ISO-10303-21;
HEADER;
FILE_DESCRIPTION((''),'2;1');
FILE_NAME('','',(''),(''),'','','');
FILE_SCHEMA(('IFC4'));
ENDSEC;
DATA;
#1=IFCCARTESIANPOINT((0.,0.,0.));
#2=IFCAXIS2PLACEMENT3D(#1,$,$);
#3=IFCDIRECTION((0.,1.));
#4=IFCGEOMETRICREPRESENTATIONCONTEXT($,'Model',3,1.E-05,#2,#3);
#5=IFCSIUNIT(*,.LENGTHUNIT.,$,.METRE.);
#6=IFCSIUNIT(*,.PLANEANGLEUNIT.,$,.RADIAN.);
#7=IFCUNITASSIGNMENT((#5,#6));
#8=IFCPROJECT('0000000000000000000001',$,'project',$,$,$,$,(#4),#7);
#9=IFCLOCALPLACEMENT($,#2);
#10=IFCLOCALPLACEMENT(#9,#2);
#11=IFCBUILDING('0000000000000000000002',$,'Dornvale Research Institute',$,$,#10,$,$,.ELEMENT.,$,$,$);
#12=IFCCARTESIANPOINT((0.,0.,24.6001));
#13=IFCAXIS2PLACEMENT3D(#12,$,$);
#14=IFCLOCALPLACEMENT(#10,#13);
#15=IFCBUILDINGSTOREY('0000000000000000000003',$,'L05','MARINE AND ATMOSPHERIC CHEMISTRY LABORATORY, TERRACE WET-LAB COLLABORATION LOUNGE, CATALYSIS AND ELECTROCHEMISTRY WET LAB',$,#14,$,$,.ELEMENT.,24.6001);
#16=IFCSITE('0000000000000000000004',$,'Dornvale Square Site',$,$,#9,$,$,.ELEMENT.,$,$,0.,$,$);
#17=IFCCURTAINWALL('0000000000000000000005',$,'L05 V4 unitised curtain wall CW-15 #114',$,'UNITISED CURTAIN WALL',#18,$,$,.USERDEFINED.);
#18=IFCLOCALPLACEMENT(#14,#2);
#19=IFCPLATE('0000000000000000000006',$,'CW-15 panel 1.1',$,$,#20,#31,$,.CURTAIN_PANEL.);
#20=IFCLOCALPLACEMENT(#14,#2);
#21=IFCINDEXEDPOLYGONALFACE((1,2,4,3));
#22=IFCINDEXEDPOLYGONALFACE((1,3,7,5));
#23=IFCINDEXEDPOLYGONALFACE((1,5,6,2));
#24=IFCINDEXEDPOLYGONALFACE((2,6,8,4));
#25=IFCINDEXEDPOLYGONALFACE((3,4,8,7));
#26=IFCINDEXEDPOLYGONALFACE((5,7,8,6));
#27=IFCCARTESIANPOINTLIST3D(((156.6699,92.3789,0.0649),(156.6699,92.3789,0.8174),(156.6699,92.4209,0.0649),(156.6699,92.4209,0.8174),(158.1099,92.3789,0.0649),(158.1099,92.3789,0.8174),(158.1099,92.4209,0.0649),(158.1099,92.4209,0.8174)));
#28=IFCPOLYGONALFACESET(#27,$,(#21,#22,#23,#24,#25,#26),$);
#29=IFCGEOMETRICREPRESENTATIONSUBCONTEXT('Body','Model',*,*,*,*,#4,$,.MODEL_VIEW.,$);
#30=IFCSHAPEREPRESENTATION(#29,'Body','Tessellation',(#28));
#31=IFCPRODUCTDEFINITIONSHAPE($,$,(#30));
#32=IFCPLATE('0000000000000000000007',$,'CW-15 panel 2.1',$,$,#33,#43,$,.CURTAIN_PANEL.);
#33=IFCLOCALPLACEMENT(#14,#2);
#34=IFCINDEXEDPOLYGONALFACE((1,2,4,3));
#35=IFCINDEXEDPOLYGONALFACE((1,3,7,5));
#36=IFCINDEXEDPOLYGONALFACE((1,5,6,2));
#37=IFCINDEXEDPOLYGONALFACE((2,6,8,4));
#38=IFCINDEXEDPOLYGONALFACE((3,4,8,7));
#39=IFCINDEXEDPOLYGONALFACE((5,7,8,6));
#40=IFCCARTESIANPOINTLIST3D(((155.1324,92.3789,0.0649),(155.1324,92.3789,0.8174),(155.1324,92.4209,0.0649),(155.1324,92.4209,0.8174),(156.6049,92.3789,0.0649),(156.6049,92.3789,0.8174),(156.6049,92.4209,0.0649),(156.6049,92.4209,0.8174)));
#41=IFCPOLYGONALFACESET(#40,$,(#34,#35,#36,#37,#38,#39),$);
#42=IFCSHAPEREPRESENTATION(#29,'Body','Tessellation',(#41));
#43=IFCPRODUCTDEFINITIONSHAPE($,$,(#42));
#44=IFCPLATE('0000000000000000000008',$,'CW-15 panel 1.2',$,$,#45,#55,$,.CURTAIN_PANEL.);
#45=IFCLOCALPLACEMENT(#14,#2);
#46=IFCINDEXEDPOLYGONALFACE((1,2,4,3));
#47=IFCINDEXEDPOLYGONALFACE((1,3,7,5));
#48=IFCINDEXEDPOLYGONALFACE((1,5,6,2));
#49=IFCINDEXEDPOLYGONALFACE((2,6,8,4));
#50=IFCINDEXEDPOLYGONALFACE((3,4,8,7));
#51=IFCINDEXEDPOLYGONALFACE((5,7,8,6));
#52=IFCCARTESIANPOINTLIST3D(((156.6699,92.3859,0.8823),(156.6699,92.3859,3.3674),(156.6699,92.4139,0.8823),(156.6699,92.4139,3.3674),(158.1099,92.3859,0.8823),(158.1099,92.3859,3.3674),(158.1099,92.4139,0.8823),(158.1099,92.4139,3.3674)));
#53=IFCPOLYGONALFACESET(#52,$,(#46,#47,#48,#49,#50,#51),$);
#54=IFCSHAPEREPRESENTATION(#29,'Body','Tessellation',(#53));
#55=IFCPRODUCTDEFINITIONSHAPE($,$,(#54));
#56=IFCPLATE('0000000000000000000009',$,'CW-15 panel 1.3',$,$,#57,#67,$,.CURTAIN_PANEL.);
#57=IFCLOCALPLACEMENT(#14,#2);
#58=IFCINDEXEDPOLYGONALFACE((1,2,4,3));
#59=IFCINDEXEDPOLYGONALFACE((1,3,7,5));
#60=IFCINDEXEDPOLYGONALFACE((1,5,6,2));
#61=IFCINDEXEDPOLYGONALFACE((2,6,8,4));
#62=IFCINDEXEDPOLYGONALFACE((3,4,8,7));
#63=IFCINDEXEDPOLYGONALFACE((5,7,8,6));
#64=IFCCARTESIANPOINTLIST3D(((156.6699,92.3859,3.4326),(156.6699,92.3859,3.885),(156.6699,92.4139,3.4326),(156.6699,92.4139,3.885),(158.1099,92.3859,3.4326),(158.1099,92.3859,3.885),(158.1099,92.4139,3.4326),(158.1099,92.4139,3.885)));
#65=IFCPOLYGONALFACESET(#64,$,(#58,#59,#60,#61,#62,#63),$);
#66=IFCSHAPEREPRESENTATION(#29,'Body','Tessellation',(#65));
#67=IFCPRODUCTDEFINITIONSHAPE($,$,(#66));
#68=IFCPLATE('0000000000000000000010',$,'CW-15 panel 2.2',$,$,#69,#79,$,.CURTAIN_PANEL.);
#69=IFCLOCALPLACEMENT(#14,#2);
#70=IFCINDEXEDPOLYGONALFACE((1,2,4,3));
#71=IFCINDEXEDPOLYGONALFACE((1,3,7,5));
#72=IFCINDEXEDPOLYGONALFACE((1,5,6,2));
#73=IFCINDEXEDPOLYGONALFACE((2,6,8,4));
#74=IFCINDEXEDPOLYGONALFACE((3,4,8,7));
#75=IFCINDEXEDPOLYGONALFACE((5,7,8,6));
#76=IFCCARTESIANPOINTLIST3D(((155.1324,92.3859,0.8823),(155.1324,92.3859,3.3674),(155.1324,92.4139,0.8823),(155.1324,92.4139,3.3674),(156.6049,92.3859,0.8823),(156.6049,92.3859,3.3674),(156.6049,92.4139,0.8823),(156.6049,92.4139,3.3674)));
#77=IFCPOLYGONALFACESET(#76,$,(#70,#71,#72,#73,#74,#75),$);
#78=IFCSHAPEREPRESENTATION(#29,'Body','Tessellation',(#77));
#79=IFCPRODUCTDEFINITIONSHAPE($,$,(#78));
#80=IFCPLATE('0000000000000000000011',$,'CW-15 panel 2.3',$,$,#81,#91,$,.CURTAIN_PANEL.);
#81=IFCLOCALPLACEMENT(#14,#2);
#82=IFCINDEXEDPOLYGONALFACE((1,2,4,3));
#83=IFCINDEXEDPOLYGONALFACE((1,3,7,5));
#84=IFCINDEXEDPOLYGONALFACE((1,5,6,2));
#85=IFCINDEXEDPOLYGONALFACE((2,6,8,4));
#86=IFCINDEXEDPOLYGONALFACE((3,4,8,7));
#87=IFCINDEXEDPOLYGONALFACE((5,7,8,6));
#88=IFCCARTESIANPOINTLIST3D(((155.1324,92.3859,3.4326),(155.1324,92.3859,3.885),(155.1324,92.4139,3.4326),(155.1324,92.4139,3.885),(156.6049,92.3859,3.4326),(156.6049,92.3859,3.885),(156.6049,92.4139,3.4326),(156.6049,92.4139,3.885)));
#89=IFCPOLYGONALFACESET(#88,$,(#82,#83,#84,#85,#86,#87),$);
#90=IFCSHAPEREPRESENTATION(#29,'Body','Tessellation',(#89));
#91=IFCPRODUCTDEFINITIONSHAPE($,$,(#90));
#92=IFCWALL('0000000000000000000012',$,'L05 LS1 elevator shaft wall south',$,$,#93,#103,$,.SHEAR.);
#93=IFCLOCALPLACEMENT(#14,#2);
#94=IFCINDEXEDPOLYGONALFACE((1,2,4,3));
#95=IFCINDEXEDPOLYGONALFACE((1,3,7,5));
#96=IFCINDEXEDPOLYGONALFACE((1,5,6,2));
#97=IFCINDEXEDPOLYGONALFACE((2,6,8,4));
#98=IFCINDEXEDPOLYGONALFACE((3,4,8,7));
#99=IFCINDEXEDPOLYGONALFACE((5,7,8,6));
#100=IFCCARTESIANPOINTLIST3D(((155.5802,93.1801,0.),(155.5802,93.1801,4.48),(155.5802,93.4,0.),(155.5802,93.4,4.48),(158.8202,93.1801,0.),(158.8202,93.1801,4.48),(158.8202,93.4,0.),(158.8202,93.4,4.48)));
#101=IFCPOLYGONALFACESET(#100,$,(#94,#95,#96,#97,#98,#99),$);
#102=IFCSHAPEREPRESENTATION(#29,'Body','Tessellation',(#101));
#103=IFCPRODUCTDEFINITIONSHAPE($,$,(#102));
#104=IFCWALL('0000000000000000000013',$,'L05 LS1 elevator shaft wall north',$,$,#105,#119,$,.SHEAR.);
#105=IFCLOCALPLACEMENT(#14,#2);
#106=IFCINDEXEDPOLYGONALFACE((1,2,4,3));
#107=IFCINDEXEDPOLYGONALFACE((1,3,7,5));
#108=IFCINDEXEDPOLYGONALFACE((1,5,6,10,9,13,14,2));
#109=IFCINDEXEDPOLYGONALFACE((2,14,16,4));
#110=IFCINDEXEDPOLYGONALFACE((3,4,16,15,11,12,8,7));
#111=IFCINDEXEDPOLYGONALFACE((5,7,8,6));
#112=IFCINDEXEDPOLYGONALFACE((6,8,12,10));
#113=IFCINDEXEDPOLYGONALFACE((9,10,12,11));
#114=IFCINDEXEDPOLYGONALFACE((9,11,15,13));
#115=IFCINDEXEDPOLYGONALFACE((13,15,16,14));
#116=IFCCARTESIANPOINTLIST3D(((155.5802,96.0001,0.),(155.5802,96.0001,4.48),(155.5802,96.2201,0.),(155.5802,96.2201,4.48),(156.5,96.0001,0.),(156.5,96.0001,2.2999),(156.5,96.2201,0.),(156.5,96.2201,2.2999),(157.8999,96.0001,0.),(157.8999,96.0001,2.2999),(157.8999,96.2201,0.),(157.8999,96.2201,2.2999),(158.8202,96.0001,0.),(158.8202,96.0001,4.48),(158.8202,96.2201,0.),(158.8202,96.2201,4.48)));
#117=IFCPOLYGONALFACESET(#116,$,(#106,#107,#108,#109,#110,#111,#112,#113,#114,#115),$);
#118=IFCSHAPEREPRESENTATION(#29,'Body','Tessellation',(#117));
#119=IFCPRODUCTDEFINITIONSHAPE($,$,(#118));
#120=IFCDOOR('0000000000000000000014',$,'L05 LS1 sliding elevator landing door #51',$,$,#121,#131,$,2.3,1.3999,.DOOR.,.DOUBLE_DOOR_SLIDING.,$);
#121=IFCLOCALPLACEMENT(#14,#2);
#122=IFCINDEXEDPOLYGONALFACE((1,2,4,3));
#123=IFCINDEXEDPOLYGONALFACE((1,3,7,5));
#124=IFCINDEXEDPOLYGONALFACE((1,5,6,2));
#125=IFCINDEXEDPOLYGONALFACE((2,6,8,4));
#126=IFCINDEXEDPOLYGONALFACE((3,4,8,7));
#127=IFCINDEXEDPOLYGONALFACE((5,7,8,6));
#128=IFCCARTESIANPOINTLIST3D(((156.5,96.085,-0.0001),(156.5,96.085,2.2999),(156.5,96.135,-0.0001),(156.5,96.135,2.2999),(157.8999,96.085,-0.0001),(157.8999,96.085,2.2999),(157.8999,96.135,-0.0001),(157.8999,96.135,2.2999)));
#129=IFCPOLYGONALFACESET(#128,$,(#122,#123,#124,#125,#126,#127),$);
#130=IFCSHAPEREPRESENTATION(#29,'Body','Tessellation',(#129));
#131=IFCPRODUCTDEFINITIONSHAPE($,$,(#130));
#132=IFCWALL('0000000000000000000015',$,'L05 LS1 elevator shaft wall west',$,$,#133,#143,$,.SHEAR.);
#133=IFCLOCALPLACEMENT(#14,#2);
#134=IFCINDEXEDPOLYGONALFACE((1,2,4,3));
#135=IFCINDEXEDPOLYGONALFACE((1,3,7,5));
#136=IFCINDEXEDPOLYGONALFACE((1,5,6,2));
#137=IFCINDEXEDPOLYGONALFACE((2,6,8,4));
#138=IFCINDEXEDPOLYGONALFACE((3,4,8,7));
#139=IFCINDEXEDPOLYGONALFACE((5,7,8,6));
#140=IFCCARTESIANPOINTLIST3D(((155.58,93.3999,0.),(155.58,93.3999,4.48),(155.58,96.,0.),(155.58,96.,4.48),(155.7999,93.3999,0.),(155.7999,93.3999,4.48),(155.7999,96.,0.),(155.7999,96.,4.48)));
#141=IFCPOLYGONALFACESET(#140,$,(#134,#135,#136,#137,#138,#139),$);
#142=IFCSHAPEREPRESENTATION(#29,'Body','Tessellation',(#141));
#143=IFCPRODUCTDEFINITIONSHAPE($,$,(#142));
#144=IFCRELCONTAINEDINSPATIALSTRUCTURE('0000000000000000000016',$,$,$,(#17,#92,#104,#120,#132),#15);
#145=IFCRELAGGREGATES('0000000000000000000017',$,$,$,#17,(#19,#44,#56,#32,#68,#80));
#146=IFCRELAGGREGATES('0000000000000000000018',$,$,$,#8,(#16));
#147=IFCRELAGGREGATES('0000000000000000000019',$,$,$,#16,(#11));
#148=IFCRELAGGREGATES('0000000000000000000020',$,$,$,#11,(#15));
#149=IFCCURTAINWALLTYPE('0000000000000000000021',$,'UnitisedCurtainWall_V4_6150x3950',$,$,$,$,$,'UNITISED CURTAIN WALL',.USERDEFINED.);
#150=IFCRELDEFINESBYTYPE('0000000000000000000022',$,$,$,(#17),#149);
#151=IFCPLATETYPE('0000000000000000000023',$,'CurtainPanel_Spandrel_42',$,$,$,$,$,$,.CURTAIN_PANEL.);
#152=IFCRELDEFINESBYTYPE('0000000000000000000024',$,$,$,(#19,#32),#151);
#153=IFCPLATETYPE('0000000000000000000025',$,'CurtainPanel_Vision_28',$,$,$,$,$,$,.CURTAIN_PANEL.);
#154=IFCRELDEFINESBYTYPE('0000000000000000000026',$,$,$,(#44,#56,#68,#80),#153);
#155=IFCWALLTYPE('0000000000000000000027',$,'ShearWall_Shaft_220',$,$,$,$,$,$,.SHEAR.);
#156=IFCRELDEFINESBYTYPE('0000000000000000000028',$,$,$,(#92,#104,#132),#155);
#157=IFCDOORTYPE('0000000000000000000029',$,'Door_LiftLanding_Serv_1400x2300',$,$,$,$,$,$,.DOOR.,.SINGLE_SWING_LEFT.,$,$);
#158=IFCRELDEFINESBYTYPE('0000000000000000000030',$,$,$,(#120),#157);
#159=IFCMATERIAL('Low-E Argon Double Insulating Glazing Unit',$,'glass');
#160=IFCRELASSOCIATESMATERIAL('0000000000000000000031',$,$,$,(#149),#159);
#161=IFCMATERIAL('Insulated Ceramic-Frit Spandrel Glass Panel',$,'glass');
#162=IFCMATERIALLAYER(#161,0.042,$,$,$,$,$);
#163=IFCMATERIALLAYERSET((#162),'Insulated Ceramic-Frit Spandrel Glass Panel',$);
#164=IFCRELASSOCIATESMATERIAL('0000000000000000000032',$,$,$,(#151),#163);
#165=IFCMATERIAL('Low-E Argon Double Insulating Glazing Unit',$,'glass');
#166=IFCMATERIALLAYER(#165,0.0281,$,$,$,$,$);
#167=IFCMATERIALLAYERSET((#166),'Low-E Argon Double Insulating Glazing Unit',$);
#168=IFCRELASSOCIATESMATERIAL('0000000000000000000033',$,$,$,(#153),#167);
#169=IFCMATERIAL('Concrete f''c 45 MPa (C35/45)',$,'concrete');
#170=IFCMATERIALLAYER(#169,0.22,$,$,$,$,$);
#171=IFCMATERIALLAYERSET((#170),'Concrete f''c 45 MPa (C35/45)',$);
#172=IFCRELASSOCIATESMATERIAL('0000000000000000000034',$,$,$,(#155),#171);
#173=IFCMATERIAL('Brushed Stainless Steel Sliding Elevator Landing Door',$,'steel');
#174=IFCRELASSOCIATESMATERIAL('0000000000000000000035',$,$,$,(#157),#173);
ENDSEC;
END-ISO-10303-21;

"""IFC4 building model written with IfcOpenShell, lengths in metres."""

from ifc_helpers import new_model, si_unit, direction, frame, frame_2d, origin, origin_2d, place, context, subcontext, project, spatial, rectangle, extrude, material, layer, layer_set, type_object, element, fill, aggregate, save


model = new_model("IFC4")

# Units and contexts
model_context = context("Model", 3, precision=1e-05, world=origin(), true_north=direction((0.0, 1.0)))
body_context = subcontext(model_context, "Body", "Model", "MODEL_VIEW")
ifc_project = project(units=[si_unit("LENGTHUNIT", "METRE"), si_unit("PLANEANGLEUNIT", "RADIAN")], contexts=[model_context])

# Site, building, storey
site_placement = place(None, origin())
site = spatial("IfcSite", under=ifc_project, at=site_placement, Name="Dornvale Square Site", CompositionType="ELEMENT", RefElevation=0.0)
building_placement = place(site_placement, origin())
building = spatial("IfcBuilding", under=site, at=building_placement, Name="Dornvale Research Institute", CompositionType="ELEMENT")
storey_placement = place(building_placement, frame((0.0, 0.0, 24.6001)))
storey = spatial("IfcBuildingStorey", under=building, at=storey_placement, Name="L05", Description="MARINE AND ATMOSPHERIC CHEMISTRY LABORATORY, TERRACE WET-LAB COLLABORATION LOUNGE, CATALYSIS AND ELECTROCHEMISTRY WET LAB", CompositionType="ELEMENT", Elevation=24.6001)

# Curtain wall
ifc_material_1 = material(Name="Low-E Argon Double Insulating Glazing Unit", Category="glass")
curtain_wall_type = type_object("IfcCurtainWallType", Name="UnitisedCurtainWall_V4_6150x3950", ElementType="UNITISED CURTAIN WALL", PredefinedType="USERDEFINED", material=ifc_material_1)
curtain_wall_placement = place(storey_placement, origin())
curtain_wall = element("IfcCurtainWall", 1, at=curtain_wall_placement, inside=storey, type_object=curtain_wall_type, Name="L05 V4 unitised curtain wall CW-15 #114", ObjectType="UNITISED CURTAIN WALL", PredefinedType="USERDEFINED")

# Plates
ifc_material_2 = material(Name="Insulated Ceramic-Frit Spandrel Glass Panel", Category="glass")
ifc_layer_1 = layer(ifc_material_2, 0.042)
ifc_layer_set_1 = layer_set([ifc_layer_1], Name="Insulated Ceramic-Frit Spandrel Glass Panel")
plate_type_1 = type_object("IfcPlateType", Name="CurtainPanel_Spandrel_42", PredefinedType="CURTAIN_PANEL", material=ifc_layer_set_1)
plate_1_placement = place(storey_placement, frame((157.3899, 92.3999, 0.0649), z_axis=(0.0, 0.0, 1.0), x_axis=(-1.0, 0.0, 0.0)))
plate_1 = element("IfcPlate", 2, at=plate_1_placement, type_object=plate_type_1, Name="CW-15 panel 1.1", PredefinedType="CURTAIN_PANEL", context=body_context, shape_type="SweptSolid", body=[
    extrude(rectangle(XDim=1.4399, YDim=0.042, at=origin_2d()), origin(), (0.0, 0.0, 1.0), 0.7524),
])
plate_2_placement = place(storey_placement, frame((155.8687, 92.3999, 0.0649), z_axis=(0.0, 0.0, 1.0), x_axis=(-1.0, 0.0, 0.0)))
plate_2 = element("IfcPlate", 3, at=plate_2_placement, type_object=plate_type_1, Name="CW-15 panel 2.1", PredefinedType="CURTAIN_PANEL", context=body_context, shape_type="SweptSolid", body=[
    extrude(rectangle(XDim=1.4724, YDim=0.042, at=origin_2d()), origin(), (0.0, 0.0, 1.0), 0.7524),
])
ifc_material_3 = material(Name="Low-E Argon Double Insulating Glazing Unit", Category="glass")
ifc_layer_2 = layer(ifc_material_3, 0.0281)
ifc_layer_set_2 = layer_set([ifc_layer_2], Name="Low-E Argon Double Insulating Glazing Unit")
plate_type_2 = type_object("IfcPlateType", Name="CurtainPanel_Vision_28", PredefinedType="CURTAIN_PANEL", material=ifc_layer_set_2)
plate_3_placement = place(storey_placement, frame((157.3899, 92.3999, 0.8823), z_axis=(0.0, 0.0, 1.0), x_axis=(-1.0, 0.0, 0.0)))
plate_3 = element("IfcPlate", 4, at=plate_3_placement, type_object=plate_type_2, Name="CW-15 panel 1.2", PredefinedType="CURTAIN_PANEL", context=body_context, shape_type="SweptSolid", body=[
    extrude(rectangle(XDim=1.4399, YDim=0.0281, at=origin_2d()), origin(), (0.0, 0.0, 1.0), 2.4851),
])
plate_4_placement = place(storey_placement, frame((157.3899, 92.3999, 3.4326), z_axis=(0.0, 0.0, 1.0), x_axis=(-1.0, 0.0, 0.0)))
plate_4 = element("IfcPlate", 5, at=plate_4_placement, type_object=plate_type_2, Name="CW-15 panel 1.3", PredefinedType="CURTAIN_PANEL", context=body_context, shape_type="SweptSolid", body=[
    extrude(rectangle(XDim=1.4399, YDim=0.0281, at=origin_2d()), origin(), (0.0, 0.0, 1.0), 0.4524),
])
plate_5_placement = place(storey_placement, frame((155.8687, 92.3999, 0.8823), z_axis=(0.0, 0.0, 1.0), x_axis=(-1.0, 0.0, 0.0)))
plate_5 = element("IfcPlate", 6, at=plate_5_placement, type_object=plate_type_2, Name="CW-15 panel 2.2", PredefinedType="CURTAIN_PANEL", context=body_context, shape_type="SweptSolid", body=[
    extrude(rectangle(XDim=1.4724, YDim=0.0281, at=origin_2d()), origin(), (0.0, 0.0, 1.0), 2.4851),
])
plate_6_placement = place(storey_placement, frame((155.8687, 92.3999, 3.4326), z_axis=(0.0, 0.0, 1.0), x_axis=(-1.0, 0.0, 0.0)))
plate_6 = element("IfcPlate", 7, at=plate_6_placement, type_object=plate_type_2, Name="CW-15 panel 2.3", PredefinedType="CURTAIN_PANEL", context=body_context, shape_type="SweptSolid", body=[
    extrude(rectangle(XDim=1.4724, YDim=0.0281, at=origin_2d()), origin(), (0.0, 0.0, 1.0), 0.4524),
])
aggregate(curtain_wall, [plate_1, plate_3, plate_4, plate_2, plate_5, plate_6])

# Wall
ifc_material_4 = material(Name="Concrete f'c 45 MPa (C35/45)", Category="concrete")
ifc_layer_3 = layer(ifc_material_4, 0.22)
ifc_layer_set_3 = layer_set([ifc_layer_3], Name="Concrete f'c 45 MPa (C35/45)")
wall_type_1 = type_object("IfcWallType", Name="ShearWall_Shaft_220", PredefinedType="SHEAR", material=ifc_layer_set_3)
wall_1_placement = place(storey_placement, frame((155.5801, 93.29, 0.0), z_axis=(0.0, 0.0, 1.0), x_axis=(1.0, 0.0, 0.0)))
element("IfcWall", 8, at=wall_1_placement, inside=storey, type_object=wall_type_1, Name="L05 LS1 elevator shaft wall south", PredefinedType="SHEAR", context=body_context, shape_type="SweptSolid", body=[
    extrude(rectangle(XDim=3.24, YDim=0.22, at=frame_2d((1.6201, 0.0))), origin(), (0.0, 0.0, 1.0), 4.48),
])

# Wall, opening, door
wall_2_placement = place(storey_placement, frame((155.5801, 96.1101, 0.0), z_axis=(0.0, 0.0, 1.0), x_axis=(1.0, 0.0, 0.0)))
wall_2 = element("IfcWall", 9, at=wall_2_placement, inside=storey, type_object=wall_type_1, Name="L05 LS1 elevator shaft wall north", PredefinedType="SHEAR", context=body_context, shape_type="SweptSolid", body=[
    extrude(rectangle(XDim=3.24, YDim=0.22, at=frame_2d((1.6201, 0.0))), origin(), (0.0, 0.0, 1.0), 4.48),
])
opening_placement = place(wall_2_placement, frame((0.9199, 0.0, 0.0)))
opening = element("IfcOpeningElement", 10, at=opening_placement, cuts=wall_2, PredefinedType="OPENING", context=body_context, shape_type="SweptSolid", body=[
    extrude(rectangle(XDim=1.3999, YDim=2.3, at=frame_2d((0.7, 1.1499))), frame((0.0, 0.125, 0.0), z_axis=(0.0, -1.0, 0.0), x_axis=(1.0, 0.0, 0.0)), (0.0, 0.0, 1.0), 0.25),
])
ifc_material_5 = material(Name="Brushed Stainless Steel Sliding Elevator Landing Door", Category="steel")
door_type = type_object("IfcDoorType", Name="Door_LiftLanding_Serv_1400x2300", OperationType="SINGLE_SWING_LEFT", PredefinedType="DOOR", material=ifc_material_5)
door_placement = place(opening_placement, origin())
door = element("IfcDoor", 11, at=door_placement, inside=storey, type_object=door_type, Name="L05 LS1 sliding elevator landing door #51", OperationType="DOUBLE_DOOR_SLIDING", OverallHeight=2.3, OverallWidth=1.3999, PredefinedType="DOOR", context=body_context, shape_type="SweptSolid", body=[
    extrude(rectangle(XDim=1.3999, YDim=2.3, at=frame_2d((0.7, 1.1499))), frame((0.0, 0.0249, 0.0), z_axis=(0.0, -1.0, 0.0), x_axis=(1.0, 0.0, 0.0)), (0.0, 0.0, 1.0), 0.05),
])
fill(opening, door)

# Wall
wall_3_placement = place(storey_placement, frame((155.6899, 93.3999, 0.0), z_axis=(0.0, 0.0, 1.0), x_axis=(0.0, 1.0, 0.0)))
element("IfcWall", 12, at=wall_3_placement, inside=storey, type_object=wall_type_1, Name="L05 LS1 elevator shaft wall west", PredefinedType="SHEAR", context=body_context, shape_type="SweptSolid", body=[
    extrude(rectangle(XDim=2.6001, YDim=0.22, at=frame_2d((1.3, 0.0))), origin(), (0.0, 0.0, 1.0), 4.48),
])

save(model, "model.ifc")
